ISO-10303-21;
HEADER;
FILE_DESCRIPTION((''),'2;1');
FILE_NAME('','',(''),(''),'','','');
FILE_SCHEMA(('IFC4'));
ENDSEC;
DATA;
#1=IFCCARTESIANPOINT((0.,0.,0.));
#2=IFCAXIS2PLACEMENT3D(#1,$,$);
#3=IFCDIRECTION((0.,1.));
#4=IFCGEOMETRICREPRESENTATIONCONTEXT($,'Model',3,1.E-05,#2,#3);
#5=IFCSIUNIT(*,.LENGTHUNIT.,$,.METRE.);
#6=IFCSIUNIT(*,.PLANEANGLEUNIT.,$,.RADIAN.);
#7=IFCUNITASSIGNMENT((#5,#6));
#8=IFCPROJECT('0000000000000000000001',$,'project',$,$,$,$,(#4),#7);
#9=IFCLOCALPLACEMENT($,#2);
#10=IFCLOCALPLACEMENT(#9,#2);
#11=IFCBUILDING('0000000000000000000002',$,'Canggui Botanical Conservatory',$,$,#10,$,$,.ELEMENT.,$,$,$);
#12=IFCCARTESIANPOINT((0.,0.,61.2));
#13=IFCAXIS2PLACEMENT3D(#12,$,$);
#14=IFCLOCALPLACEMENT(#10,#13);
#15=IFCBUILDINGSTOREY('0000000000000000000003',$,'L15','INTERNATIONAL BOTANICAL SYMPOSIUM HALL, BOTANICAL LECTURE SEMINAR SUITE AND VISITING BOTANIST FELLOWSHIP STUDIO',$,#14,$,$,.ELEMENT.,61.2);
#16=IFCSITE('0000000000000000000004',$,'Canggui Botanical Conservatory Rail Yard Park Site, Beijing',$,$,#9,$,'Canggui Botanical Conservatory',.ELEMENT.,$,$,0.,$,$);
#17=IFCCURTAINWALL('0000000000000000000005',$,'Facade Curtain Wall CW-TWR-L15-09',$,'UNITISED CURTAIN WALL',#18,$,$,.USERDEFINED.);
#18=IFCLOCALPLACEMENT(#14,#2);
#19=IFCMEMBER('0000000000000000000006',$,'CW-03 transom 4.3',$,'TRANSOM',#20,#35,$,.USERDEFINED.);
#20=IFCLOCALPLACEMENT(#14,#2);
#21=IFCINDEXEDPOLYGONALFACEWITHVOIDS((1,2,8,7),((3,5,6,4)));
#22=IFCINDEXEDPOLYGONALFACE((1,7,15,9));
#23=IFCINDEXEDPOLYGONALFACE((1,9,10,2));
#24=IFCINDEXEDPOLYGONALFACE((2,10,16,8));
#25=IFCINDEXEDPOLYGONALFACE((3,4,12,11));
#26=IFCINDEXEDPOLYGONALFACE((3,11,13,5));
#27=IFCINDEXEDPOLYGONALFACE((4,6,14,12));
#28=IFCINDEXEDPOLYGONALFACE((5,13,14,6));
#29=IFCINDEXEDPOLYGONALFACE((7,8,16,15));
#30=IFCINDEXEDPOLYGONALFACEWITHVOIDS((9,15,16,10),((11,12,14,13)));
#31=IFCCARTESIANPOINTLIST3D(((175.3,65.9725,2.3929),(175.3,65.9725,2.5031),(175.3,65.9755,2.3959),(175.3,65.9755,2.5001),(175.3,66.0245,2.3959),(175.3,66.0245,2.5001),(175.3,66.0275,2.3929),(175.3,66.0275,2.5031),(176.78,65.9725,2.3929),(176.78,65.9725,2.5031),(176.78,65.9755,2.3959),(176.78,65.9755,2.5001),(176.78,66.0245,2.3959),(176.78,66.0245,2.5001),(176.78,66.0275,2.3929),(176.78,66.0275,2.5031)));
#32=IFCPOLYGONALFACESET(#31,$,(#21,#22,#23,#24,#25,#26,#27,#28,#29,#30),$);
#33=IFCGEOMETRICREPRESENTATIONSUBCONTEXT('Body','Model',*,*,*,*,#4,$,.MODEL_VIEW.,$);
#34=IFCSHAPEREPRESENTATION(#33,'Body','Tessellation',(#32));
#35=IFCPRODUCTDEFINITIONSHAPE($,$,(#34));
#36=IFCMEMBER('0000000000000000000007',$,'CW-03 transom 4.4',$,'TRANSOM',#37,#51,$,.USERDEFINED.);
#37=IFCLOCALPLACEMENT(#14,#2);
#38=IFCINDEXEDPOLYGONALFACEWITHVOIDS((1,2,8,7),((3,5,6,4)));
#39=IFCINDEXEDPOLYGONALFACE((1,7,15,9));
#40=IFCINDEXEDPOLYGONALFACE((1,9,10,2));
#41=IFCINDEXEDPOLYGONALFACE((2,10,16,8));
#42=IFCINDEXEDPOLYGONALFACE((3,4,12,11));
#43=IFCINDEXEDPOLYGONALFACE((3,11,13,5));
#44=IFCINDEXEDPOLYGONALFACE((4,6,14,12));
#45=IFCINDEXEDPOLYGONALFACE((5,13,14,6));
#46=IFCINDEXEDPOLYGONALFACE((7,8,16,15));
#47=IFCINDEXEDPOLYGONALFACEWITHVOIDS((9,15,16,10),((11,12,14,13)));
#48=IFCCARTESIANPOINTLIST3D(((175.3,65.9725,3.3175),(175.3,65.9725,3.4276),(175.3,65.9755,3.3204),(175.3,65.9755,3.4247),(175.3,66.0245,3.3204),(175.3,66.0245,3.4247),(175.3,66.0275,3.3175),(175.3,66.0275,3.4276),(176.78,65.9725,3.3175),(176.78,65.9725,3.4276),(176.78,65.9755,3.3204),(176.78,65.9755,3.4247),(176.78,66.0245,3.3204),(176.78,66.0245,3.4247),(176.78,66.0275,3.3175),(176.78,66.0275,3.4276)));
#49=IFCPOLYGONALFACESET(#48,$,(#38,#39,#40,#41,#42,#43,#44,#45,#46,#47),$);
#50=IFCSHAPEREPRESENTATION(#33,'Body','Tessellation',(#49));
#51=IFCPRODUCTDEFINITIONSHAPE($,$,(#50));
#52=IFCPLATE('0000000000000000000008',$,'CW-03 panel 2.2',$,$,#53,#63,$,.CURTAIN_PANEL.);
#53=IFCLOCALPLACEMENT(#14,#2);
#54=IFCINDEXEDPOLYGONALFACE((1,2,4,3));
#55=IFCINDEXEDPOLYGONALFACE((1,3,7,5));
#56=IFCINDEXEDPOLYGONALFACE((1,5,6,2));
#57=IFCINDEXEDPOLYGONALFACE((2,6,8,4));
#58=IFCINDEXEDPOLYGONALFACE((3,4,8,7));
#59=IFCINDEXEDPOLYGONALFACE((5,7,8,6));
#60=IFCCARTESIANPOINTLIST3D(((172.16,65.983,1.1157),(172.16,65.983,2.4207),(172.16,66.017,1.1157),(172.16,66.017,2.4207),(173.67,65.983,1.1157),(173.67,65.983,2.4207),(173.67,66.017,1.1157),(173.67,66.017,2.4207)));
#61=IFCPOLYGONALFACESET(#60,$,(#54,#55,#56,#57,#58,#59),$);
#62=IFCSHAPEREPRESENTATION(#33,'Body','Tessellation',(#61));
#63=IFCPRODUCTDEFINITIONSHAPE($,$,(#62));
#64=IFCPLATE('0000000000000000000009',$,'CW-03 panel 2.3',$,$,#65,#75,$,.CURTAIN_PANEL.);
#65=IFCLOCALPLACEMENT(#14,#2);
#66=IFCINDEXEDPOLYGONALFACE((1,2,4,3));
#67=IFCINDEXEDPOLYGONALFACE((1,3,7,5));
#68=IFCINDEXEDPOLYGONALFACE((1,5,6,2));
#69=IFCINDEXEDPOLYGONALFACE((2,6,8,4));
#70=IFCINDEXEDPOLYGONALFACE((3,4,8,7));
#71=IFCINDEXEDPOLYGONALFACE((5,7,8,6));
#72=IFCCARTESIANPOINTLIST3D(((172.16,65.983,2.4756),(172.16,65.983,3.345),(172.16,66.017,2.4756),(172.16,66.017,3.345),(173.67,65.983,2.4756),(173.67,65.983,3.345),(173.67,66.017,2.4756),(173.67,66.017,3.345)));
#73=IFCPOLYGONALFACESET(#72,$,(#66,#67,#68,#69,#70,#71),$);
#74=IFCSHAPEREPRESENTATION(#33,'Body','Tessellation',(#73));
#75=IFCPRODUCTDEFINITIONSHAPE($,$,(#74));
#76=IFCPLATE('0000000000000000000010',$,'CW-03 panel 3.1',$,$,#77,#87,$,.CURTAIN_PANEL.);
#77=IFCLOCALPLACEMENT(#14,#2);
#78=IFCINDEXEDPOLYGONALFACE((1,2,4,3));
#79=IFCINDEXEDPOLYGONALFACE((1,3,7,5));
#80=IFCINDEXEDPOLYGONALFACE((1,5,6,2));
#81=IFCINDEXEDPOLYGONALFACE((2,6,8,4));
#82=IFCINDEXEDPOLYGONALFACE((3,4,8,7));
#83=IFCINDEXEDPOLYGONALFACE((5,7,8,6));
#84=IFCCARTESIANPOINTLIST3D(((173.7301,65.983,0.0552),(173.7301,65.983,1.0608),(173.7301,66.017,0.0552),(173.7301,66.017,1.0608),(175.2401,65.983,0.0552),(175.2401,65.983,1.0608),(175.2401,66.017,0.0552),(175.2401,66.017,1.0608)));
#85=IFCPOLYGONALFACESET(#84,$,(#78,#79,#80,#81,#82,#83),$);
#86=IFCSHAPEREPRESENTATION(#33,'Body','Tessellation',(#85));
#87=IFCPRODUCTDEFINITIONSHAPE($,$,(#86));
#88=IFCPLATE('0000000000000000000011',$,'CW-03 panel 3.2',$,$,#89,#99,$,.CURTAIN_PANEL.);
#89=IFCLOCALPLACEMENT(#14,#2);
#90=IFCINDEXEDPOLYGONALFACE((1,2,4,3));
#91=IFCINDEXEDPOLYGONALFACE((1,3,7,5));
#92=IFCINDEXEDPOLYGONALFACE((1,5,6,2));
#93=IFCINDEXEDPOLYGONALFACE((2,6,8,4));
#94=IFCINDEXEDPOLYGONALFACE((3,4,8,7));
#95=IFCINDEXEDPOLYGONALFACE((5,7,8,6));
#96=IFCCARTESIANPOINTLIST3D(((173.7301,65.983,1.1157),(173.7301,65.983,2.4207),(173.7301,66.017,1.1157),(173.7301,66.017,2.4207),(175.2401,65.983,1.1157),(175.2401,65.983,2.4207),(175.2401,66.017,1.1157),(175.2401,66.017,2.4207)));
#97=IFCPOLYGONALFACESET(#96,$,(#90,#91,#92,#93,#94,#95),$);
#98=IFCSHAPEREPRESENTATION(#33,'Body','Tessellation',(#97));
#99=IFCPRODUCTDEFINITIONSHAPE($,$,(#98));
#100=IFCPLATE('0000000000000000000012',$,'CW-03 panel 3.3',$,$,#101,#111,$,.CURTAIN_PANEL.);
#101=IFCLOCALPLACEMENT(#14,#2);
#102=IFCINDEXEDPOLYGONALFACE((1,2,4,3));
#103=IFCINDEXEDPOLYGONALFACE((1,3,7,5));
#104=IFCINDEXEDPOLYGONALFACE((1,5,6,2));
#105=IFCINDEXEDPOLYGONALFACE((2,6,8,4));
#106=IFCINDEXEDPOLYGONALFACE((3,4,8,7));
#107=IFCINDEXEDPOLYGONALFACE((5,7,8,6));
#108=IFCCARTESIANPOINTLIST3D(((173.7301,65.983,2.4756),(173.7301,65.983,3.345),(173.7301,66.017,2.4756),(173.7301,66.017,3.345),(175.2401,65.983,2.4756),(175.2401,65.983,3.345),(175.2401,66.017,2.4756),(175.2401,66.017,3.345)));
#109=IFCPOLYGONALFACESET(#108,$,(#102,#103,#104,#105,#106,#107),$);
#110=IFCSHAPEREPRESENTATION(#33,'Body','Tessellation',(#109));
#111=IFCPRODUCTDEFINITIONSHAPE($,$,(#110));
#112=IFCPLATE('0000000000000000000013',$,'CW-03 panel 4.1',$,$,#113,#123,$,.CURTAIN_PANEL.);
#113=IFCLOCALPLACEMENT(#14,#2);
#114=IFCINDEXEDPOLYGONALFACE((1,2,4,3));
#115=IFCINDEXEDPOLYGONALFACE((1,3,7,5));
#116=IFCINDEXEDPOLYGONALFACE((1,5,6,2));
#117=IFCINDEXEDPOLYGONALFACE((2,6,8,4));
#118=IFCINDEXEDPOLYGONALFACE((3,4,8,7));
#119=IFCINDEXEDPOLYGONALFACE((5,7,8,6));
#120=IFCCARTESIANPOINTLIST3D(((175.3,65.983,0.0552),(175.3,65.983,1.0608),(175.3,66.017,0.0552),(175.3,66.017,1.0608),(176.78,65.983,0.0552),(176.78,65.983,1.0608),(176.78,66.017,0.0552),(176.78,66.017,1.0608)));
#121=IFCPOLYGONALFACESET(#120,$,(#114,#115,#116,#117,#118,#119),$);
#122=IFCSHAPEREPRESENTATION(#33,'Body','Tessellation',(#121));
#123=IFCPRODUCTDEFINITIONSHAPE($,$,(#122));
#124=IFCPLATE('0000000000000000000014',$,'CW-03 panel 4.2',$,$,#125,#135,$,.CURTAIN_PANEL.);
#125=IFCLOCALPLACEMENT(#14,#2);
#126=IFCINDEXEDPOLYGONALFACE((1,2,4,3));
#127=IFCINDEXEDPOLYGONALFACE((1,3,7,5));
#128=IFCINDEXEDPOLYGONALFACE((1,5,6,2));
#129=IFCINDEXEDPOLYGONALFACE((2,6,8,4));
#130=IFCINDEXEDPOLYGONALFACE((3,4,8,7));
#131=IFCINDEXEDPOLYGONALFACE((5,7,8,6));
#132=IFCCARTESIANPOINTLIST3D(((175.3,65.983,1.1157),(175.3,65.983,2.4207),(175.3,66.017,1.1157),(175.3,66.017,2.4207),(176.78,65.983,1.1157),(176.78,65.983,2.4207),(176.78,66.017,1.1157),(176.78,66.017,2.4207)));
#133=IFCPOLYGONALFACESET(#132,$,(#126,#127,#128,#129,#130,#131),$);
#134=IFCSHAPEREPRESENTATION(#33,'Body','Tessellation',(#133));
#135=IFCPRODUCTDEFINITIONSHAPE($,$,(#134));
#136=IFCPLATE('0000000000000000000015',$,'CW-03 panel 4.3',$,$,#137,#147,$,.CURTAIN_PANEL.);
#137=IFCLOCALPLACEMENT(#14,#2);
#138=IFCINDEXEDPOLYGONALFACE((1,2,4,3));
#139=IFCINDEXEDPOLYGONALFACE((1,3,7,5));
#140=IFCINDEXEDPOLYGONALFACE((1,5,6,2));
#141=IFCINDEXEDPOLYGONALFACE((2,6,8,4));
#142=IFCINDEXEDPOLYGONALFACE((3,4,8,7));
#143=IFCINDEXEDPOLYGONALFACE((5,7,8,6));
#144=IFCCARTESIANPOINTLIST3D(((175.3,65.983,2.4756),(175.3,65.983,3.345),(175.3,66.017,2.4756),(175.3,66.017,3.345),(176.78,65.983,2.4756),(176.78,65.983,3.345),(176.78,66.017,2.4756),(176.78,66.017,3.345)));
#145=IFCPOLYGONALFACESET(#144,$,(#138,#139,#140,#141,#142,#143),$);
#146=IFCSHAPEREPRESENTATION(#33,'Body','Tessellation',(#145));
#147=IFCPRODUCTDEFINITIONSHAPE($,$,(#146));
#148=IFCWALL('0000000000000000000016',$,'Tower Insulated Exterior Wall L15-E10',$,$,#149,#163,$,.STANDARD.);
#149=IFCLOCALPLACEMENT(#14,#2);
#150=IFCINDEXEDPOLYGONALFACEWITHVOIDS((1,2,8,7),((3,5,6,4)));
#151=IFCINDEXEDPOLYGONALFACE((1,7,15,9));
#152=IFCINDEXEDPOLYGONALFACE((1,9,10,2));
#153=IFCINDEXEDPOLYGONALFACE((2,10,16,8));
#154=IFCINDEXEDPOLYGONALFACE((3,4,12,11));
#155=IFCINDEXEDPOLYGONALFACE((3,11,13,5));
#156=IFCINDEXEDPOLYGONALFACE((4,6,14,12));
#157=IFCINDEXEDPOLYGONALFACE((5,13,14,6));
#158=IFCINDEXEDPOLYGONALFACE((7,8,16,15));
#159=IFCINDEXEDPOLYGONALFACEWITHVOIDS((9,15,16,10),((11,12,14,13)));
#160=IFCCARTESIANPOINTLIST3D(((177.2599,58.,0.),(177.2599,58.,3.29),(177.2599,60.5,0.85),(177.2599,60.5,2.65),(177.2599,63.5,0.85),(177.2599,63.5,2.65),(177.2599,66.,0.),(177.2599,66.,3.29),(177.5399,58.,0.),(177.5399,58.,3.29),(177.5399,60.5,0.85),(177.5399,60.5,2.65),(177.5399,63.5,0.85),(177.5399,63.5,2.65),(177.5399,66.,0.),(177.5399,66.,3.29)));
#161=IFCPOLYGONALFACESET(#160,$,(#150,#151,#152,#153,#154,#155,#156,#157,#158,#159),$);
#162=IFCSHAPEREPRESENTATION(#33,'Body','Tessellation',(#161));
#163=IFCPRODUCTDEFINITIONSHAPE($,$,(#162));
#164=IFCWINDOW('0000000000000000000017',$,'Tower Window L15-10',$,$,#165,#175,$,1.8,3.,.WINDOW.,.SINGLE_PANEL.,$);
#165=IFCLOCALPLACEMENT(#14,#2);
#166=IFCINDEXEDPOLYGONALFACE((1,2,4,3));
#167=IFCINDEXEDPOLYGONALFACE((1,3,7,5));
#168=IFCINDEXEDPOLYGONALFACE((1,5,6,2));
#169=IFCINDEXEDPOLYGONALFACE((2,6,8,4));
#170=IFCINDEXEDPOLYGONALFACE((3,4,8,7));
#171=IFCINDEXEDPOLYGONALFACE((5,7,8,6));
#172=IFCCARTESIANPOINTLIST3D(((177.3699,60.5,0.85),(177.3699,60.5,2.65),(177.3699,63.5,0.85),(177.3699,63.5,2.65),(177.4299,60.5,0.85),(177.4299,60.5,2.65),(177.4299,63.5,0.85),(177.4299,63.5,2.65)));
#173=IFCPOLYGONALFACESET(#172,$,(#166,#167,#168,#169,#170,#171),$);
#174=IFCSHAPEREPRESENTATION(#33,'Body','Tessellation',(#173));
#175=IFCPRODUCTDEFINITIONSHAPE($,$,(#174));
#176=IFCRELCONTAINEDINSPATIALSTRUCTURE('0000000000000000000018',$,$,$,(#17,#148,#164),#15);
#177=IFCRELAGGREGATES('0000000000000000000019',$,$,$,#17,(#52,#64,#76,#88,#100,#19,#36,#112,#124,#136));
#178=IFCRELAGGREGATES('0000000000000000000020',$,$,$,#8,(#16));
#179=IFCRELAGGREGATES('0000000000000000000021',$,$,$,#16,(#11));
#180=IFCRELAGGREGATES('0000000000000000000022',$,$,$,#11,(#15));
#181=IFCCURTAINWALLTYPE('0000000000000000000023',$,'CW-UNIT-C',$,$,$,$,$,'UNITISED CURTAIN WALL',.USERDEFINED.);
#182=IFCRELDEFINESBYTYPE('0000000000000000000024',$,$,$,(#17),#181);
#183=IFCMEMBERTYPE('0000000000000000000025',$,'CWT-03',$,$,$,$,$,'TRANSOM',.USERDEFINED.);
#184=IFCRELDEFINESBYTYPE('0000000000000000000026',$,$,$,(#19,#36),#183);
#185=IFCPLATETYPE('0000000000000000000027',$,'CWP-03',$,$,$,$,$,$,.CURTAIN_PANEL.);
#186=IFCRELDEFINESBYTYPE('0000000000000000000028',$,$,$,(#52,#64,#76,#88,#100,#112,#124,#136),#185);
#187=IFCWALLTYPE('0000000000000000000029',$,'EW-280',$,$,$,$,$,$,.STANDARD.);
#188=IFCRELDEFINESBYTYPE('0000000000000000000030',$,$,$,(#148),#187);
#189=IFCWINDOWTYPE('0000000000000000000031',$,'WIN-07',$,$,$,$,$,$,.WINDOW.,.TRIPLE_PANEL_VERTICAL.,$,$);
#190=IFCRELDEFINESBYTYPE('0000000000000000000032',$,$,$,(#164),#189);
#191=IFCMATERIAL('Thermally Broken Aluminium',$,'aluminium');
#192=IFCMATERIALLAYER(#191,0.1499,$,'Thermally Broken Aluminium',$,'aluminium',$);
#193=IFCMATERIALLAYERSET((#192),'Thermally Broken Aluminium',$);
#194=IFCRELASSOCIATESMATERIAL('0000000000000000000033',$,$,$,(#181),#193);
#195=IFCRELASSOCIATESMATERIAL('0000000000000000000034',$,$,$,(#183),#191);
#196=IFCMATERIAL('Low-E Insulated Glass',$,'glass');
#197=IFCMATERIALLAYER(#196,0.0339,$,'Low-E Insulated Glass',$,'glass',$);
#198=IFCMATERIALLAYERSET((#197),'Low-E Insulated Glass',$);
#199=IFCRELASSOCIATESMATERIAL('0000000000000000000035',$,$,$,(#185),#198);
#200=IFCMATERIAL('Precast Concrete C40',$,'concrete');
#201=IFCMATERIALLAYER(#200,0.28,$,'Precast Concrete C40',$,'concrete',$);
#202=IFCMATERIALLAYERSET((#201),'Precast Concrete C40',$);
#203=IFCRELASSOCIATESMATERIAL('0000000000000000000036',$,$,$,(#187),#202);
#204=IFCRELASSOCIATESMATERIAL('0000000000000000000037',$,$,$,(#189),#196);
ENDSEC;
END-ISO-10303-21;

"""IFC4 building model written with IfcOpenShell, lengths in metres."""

from ifc_helpers import new_model, si_unit, direction, frame, frame_2d, origin, origin_2d, place, context, subcontext, project, spatial, rectangle, hollow_rectangle, extrude, material, layer, layer_set, material_profile, profile_set, type_object, element, fill, aggregate, save


model = new_model("IFC4")

# Units and contexts
model_context = context("Model", 3, precision=1e-05, world=origin(), true_north=direction((0.0, 1.0)))
body_context = subcontext(model_context, "Body", "Model", "MODEL_VIEW")
ifc_project = project(units=[si_unit("LENGTHUNIT", "METRE"), si_unit("PLANEANGLEUNIT", "RADIAN")], contexts=[model_context])

# Site, building, storey
site_placement = place(None, origin())
site = spatial("IfcSite", under=ifc_project, at=site_placement, Name="Canggui Botanical Conservatory Rail Yard Park Site, Beijing", LongName="Canggui Botanical Conservatory", CompositionType="ELEMENT", RefElevation=0.0)
building_placement = place(site_placement, origin())
building = spatial("IfcBuilding", under=site, at=building_placement, Name="Canggui Botanical Conservatory", CompositionType="ELEMENT")
storey_placement = place(building_placement, frame((0.0, 0.0, 61.2)))
storey = spatial("IfcBuildingStorey", under=building, at=storey_placement, Name="L15", Description="INTERNATIONAL BOTANICAL SYMPOSIUM HALL, BOTANICAL LECTURE SEMINAR SUITE AND VISITING BOTANIST FELLOWSHIP STUDIO", CompositionType="ELEMENT", Elevation=61.2)

# Curtain wall, members, plates
ifc_material_1 = material(Name="Thermally Broken Aluminium", Category="aluminium")
ifc_layer_1 = layer(ifc_material_1, 0.1499, Name="Thermally Broken Aluminium", Category="aluminium")
ifc_layer_set_1 = layer_set([ifc_layer_1], Name="Thermally Broken Aluminium")
curtain_wall_type = type_object("IfcCurtainWallType", Name="CW-UNIT-C", ElementType="UNITISED CURTAIN WALL", PredefinedType="USERDEFINED", material=ifc_layer_set_1)
curtain_wall_placement = place(storey_placement, origin())
curtain_wall = element("IfcCurtainWall", 1, at=curtain_wall_placement, inside=storey, type_object=curtain_wall_type, Name="Facade Curtain Wall CW-TWR-L15-09", ObjectType="UNITISED CURTAIN WALL", PredefinedType="USERDEFINED")
ifc_material_profile_1 = material_profile(ifc_material_1, hollow_rectangle(XDim=0.0549, YDim=0.1101, WallThickness=0.0029, at=origin_2d()), Name="CWT 55x110x3")
ifc_profile_set_1 = profile_set([ifc_material_profile_1], Name="Thermally Broken Aluminium")
member_type_1 = type_object("IfcMemberType", Name="CWT-03", ElementType="TRANSOM", PredefinedType="USERDEFINED", material=ifc_profile_set_1)
member_1_placement = place(storey_placement, frame((175.3, 66.0, 2.448), z_axis=(1.0, 0.0, 0.0), x_axis=(0.0, 1.0, 0.0)))
member_1 = element("IfcMember", 2, at=member_1_placement, type_object=member_type_1, Name="CW-03 transom 4.3", ObjectType="TRANSOM", PredefinedType="USERDEFINED", context=body_context, shape_type="SweptSolid", body=[
    extrude(hollow_rectangle(XDim=0.0549, YDim=0.1101, WallThickness=0.0029, at=origin_2d()), origin(), (0.0, 0.0, 1.0), 1.48),
])
member_2_placement = place(storey_placement, frame((175.3, 66.0, 3.3726), z_axis=(1.0, 0.0, 0.0), x_axis=(0.0, 1.0, 0.0)))
member_2 = element("IfcMember", 3, at=member_2_placement, type_object=member_type_1, Name="CW-03 transom 4.4", ObjectType="TRANSOM", PredefinedType="USERDEFINED", context=body_context, shape_type="SweptSolid", body=[
    extrude(hollow_rectangle(XDim=0.0549, YDim=0.1101, WallThickness=0.0029, at=origin_2d()), origin(), (0.0, 0.0, 1.0), 1.48),
])
ifc_material_2 = material(Name="Low-E Insulated Glass", Category="glass")
ifc_layer_2 = layer(ifc_material_2, 0.0339, Name="Low-E Insulated Glass", Category="glass")
ifc_layer_set_2 = layer_set([ifc_layer_2], Name="Low-E Insulated Glass")
plate_type = type_object("IfcPlateType", Name="CWP-03", PredefinedType="CURTAIN_PANEL", material=ifc_layer_set_2)
plate_1_placement = place(storey_placement, frame((172.915, 66.0, 1.1157), z_axis=(0.0, 0.0, 1.0), x_axis=(1.0, 0.0, 0.0)))
plate_1 = element("IfcPlate", 4, at=plate_1_placement, type_object=plate_type, Name="CW-03 panel 2.2", PredefinedType="CURTAIN_PANEL", context=body_context, shape_type="SweptSolid", body=[
    extrude(rectangle(XDim=1.51, YDim=0.0339, at=origin_2d()), origin(), (0.0, 0.0, 1.0), 1.3049),
])
plate_2_placement = place(storey_placement, frame((172.915, 66.0, 2.4756), z_axis=(0.0, 0.0, 1.0), x_axis=(1.0, 0.0, 0.0)))
plate_2 = element("IfcPlate", 5, at=plate_2_placement, type_object=plate_type, Name="CW-03 panel 2.3", PredefinedType="CURTAIN_PANEL", context=body_context, shape_type="SweptSolid", body=[
    extrude(rectangle(XDim=1.51, YDim=0.0339, at=origin_2d()), origin(), (0.0, 0.0, 1.0), 0.8694),
])
plate_3_placement = place(storey_placement, frame((174.4851, 66.0, 0.0552), z_axis=(0.0, 0.0, 1.0), x_axis=(1.0, 0.0, 0.0)))
plate_3 = element("IfcPlate", 6, at=plate_3_placement, type_object=plate_type, Name="CW-03 panel 3.1", PredefinedType="CURTAIN_PANEL", context=body_context, shape_type="SweptSolid", body=[
    extrude(rectangle(XDim=1.51, YDim=0.0339, at=origin_2d()), origin(), (0.0, 0.0, 1.0), 1.0056),
])
plate_4_placement = place(storey_placement, frame((174.4851, 66.0, 1.1157), z_axis=(0.0, 0.0, 1.0), x_axis=(1.0, 0.0, 0.0)))
plate_4 = element("IfcPlate", 7, at=plate_4_placement, type_object=plate_type, Name="CW-03 panel 3.2", PredefinedType="CURTAIN_PANEL", context=body_context, shape_type="SweptSolid", body=[
    extrude(rectangle(XDim=1.51, YDim=0.0339, at=origin_2d()), origin(), (0.0, 0.0, 1.0), 1.3049),
])
plate_5_placement = place(storey_placement, frame((174.4851, 66.0, 2.4756), z_axis=(0.0, 0.0, 1.0), x_axis=(1.0, 0.0, 0.0)))
plate_5 = element("IfcPlate", 8, at=plate_5_placement, type_object=plate_type, Name="CW-03 panel 3.3", PredefinedType="CURTAIN_PANEL", context=body_context, shape_type="SweptSolid", body=[
    extrude(rectangle(XDim=1.51, YDim=0.0339, at=origin_2d()), origin(), (0.0, 0.0, 1.0), 0.8694),
])
plate_6_placement = place(storey_placement, frame((176.04, 66.0, 0.0552), z_axis=(0.0, 0.0, 1.0), x_axis=(1.0, 0.0, 0.0)))
plate_6 = element("IfcPlate", 9, at=plate_6_placement, type_object=plate_type, Name="CW-03 panel 4.1", PredefinedType="CURTAIN_PANEL", context=body_context, shape_type="SweptSolid", body=[
    extrude(rectangle(XDim=1.48, YDim=0.0339, at=origin_2d()), origin(), (0.0, 0.0, 1.0), 1.0056),
])
plate_7_placement = place(storey_placement, frame((176.04, 66.0, 1.1157), z_axis=(0.0, 0.0, 1.0), x_axis=(1.0, 0.0, 0.0)))
plate_7 = element("IfcPlate", 10, at=plate_7_placement, type_object=plate_type, Name="CW-03 panel 4.2", PredefinedType="CURTAIN_PANEL", context=body_context, shape_type="SweptSolid", body=[
    extrude(rectangle(XDim=1.48, YDim=0.0339, at=origin_2d()), origin(), (0.0, 0.0, 1.0), 1.3049),
])
plate_8_placement = place(storey_placement, frame((176.04, 66.0, 2.4756), z_axis=(0.0, 0.0, 1.0), x_axis=(1.0, 0.0, 0.0)))
plate_8 = element("IfcPlate", 11, at=plate_8_placement, type_object=plate_type, Name="CW-03 panel 4.3", PredefinedType="CURTAIN_PANEL", context=body_context, shape_type="SweptSolid", body=[
    extrude(rectangle(XDim=1.48, YDim=0.0339, at=origin_2d()), origin(), (0.0, 0.0, 1.0), 0.8694),
])
aggregate(curtain_wall, [plate_1, plate_2, plate_3, plate_4, plate_5, member_1, member_2, plate_6, plate_7, plate_8])

# Wall, opening, window
ifc_material_3 = material(Name="Precast Concrete C40", Category="concrete")
ifc_layer_3 = layer(ifc_material_3, 0.28, Name="Precast Concrete C40", Category="concrete")
ifc_layer_set_3 = layer_set([ifc_layer_3], Name="Precast Concrete C40")
wall_type = type_object("IfcWallType", Name="EW-280", PredefinedType="STANDARD", material=ifc_layer_set_3)
wall_placement = place(storey_placement, frame((177.3999, 66.0, 0.0), z_axis=(0.0, 0.0, 1.0), x_axis=(0.0, -1.0, 0.0)))
wall = element("IfcWall", 12, at=wall_placement, inside=storey, type_object=wall_type, Name="Tower Insulated Exterior Wall L15-E10", PredefinedType="STANDARD", context=body_context, shape_type="SweptSolid", body=[
    extrude(rectangle(XDim=8.0, YDim=0.28, at=frame_2d((4.0, 0.0))), origin(), (0.0, 0.0, 1.0), 3.29),
])
opening_placement = place(wall_placement, frame((2.5, 0.0, 0.8501)))
opening = element("IfcOpeningElement", 13, at=opening_placement, cuts=wall, PredefinedType="OPENING", context=body_context, shape_type="SweptSolid", body=[
    extrude(rectangle(XDim=3.0, YDim=1.8, at=frame_2d((1.5, 0.8999))), frame((0.0, 0.1499, 0.0), z_axis=(0.0, -1.0, 0.0), x_axis=(1.0, 0.0, 0.0)), (0.0, 0.0, 1.0), 0.3),
])
window_type = type_object("IfcWindowType", Name="WIN-07", PartitioningType="TRIPLE_PANEL_VERTICAL", PredefinedType="WINDOW", material=ifc_material_2)
window_placement = place(opening_placement, origin())
window = element("IfcWindow", 14, at=window_placement, inside=storey, type_object=window_type, Name="Tower Window L15-10", OverallHeight=1.8, OverallWidth=3.0, PartitioningType="SINGLE_PANEL", PredefinedType="WINDOW", context=body_context, shape_type="SweptSolid", body=[
    extrude(rectangle(XDim=3.0, YDim=1.8, at=frame_2d((1.5, 0.8999))), frame((0.0, 0.03, 0.0), z_axis=(0.0, -1.0, 0.0), x_axis=(1.0, 0.0, 0.0)), (0.0, 0.0, 1.0), 0.0601),
])
fill(opening, window)

save(model, "model.ifc")
